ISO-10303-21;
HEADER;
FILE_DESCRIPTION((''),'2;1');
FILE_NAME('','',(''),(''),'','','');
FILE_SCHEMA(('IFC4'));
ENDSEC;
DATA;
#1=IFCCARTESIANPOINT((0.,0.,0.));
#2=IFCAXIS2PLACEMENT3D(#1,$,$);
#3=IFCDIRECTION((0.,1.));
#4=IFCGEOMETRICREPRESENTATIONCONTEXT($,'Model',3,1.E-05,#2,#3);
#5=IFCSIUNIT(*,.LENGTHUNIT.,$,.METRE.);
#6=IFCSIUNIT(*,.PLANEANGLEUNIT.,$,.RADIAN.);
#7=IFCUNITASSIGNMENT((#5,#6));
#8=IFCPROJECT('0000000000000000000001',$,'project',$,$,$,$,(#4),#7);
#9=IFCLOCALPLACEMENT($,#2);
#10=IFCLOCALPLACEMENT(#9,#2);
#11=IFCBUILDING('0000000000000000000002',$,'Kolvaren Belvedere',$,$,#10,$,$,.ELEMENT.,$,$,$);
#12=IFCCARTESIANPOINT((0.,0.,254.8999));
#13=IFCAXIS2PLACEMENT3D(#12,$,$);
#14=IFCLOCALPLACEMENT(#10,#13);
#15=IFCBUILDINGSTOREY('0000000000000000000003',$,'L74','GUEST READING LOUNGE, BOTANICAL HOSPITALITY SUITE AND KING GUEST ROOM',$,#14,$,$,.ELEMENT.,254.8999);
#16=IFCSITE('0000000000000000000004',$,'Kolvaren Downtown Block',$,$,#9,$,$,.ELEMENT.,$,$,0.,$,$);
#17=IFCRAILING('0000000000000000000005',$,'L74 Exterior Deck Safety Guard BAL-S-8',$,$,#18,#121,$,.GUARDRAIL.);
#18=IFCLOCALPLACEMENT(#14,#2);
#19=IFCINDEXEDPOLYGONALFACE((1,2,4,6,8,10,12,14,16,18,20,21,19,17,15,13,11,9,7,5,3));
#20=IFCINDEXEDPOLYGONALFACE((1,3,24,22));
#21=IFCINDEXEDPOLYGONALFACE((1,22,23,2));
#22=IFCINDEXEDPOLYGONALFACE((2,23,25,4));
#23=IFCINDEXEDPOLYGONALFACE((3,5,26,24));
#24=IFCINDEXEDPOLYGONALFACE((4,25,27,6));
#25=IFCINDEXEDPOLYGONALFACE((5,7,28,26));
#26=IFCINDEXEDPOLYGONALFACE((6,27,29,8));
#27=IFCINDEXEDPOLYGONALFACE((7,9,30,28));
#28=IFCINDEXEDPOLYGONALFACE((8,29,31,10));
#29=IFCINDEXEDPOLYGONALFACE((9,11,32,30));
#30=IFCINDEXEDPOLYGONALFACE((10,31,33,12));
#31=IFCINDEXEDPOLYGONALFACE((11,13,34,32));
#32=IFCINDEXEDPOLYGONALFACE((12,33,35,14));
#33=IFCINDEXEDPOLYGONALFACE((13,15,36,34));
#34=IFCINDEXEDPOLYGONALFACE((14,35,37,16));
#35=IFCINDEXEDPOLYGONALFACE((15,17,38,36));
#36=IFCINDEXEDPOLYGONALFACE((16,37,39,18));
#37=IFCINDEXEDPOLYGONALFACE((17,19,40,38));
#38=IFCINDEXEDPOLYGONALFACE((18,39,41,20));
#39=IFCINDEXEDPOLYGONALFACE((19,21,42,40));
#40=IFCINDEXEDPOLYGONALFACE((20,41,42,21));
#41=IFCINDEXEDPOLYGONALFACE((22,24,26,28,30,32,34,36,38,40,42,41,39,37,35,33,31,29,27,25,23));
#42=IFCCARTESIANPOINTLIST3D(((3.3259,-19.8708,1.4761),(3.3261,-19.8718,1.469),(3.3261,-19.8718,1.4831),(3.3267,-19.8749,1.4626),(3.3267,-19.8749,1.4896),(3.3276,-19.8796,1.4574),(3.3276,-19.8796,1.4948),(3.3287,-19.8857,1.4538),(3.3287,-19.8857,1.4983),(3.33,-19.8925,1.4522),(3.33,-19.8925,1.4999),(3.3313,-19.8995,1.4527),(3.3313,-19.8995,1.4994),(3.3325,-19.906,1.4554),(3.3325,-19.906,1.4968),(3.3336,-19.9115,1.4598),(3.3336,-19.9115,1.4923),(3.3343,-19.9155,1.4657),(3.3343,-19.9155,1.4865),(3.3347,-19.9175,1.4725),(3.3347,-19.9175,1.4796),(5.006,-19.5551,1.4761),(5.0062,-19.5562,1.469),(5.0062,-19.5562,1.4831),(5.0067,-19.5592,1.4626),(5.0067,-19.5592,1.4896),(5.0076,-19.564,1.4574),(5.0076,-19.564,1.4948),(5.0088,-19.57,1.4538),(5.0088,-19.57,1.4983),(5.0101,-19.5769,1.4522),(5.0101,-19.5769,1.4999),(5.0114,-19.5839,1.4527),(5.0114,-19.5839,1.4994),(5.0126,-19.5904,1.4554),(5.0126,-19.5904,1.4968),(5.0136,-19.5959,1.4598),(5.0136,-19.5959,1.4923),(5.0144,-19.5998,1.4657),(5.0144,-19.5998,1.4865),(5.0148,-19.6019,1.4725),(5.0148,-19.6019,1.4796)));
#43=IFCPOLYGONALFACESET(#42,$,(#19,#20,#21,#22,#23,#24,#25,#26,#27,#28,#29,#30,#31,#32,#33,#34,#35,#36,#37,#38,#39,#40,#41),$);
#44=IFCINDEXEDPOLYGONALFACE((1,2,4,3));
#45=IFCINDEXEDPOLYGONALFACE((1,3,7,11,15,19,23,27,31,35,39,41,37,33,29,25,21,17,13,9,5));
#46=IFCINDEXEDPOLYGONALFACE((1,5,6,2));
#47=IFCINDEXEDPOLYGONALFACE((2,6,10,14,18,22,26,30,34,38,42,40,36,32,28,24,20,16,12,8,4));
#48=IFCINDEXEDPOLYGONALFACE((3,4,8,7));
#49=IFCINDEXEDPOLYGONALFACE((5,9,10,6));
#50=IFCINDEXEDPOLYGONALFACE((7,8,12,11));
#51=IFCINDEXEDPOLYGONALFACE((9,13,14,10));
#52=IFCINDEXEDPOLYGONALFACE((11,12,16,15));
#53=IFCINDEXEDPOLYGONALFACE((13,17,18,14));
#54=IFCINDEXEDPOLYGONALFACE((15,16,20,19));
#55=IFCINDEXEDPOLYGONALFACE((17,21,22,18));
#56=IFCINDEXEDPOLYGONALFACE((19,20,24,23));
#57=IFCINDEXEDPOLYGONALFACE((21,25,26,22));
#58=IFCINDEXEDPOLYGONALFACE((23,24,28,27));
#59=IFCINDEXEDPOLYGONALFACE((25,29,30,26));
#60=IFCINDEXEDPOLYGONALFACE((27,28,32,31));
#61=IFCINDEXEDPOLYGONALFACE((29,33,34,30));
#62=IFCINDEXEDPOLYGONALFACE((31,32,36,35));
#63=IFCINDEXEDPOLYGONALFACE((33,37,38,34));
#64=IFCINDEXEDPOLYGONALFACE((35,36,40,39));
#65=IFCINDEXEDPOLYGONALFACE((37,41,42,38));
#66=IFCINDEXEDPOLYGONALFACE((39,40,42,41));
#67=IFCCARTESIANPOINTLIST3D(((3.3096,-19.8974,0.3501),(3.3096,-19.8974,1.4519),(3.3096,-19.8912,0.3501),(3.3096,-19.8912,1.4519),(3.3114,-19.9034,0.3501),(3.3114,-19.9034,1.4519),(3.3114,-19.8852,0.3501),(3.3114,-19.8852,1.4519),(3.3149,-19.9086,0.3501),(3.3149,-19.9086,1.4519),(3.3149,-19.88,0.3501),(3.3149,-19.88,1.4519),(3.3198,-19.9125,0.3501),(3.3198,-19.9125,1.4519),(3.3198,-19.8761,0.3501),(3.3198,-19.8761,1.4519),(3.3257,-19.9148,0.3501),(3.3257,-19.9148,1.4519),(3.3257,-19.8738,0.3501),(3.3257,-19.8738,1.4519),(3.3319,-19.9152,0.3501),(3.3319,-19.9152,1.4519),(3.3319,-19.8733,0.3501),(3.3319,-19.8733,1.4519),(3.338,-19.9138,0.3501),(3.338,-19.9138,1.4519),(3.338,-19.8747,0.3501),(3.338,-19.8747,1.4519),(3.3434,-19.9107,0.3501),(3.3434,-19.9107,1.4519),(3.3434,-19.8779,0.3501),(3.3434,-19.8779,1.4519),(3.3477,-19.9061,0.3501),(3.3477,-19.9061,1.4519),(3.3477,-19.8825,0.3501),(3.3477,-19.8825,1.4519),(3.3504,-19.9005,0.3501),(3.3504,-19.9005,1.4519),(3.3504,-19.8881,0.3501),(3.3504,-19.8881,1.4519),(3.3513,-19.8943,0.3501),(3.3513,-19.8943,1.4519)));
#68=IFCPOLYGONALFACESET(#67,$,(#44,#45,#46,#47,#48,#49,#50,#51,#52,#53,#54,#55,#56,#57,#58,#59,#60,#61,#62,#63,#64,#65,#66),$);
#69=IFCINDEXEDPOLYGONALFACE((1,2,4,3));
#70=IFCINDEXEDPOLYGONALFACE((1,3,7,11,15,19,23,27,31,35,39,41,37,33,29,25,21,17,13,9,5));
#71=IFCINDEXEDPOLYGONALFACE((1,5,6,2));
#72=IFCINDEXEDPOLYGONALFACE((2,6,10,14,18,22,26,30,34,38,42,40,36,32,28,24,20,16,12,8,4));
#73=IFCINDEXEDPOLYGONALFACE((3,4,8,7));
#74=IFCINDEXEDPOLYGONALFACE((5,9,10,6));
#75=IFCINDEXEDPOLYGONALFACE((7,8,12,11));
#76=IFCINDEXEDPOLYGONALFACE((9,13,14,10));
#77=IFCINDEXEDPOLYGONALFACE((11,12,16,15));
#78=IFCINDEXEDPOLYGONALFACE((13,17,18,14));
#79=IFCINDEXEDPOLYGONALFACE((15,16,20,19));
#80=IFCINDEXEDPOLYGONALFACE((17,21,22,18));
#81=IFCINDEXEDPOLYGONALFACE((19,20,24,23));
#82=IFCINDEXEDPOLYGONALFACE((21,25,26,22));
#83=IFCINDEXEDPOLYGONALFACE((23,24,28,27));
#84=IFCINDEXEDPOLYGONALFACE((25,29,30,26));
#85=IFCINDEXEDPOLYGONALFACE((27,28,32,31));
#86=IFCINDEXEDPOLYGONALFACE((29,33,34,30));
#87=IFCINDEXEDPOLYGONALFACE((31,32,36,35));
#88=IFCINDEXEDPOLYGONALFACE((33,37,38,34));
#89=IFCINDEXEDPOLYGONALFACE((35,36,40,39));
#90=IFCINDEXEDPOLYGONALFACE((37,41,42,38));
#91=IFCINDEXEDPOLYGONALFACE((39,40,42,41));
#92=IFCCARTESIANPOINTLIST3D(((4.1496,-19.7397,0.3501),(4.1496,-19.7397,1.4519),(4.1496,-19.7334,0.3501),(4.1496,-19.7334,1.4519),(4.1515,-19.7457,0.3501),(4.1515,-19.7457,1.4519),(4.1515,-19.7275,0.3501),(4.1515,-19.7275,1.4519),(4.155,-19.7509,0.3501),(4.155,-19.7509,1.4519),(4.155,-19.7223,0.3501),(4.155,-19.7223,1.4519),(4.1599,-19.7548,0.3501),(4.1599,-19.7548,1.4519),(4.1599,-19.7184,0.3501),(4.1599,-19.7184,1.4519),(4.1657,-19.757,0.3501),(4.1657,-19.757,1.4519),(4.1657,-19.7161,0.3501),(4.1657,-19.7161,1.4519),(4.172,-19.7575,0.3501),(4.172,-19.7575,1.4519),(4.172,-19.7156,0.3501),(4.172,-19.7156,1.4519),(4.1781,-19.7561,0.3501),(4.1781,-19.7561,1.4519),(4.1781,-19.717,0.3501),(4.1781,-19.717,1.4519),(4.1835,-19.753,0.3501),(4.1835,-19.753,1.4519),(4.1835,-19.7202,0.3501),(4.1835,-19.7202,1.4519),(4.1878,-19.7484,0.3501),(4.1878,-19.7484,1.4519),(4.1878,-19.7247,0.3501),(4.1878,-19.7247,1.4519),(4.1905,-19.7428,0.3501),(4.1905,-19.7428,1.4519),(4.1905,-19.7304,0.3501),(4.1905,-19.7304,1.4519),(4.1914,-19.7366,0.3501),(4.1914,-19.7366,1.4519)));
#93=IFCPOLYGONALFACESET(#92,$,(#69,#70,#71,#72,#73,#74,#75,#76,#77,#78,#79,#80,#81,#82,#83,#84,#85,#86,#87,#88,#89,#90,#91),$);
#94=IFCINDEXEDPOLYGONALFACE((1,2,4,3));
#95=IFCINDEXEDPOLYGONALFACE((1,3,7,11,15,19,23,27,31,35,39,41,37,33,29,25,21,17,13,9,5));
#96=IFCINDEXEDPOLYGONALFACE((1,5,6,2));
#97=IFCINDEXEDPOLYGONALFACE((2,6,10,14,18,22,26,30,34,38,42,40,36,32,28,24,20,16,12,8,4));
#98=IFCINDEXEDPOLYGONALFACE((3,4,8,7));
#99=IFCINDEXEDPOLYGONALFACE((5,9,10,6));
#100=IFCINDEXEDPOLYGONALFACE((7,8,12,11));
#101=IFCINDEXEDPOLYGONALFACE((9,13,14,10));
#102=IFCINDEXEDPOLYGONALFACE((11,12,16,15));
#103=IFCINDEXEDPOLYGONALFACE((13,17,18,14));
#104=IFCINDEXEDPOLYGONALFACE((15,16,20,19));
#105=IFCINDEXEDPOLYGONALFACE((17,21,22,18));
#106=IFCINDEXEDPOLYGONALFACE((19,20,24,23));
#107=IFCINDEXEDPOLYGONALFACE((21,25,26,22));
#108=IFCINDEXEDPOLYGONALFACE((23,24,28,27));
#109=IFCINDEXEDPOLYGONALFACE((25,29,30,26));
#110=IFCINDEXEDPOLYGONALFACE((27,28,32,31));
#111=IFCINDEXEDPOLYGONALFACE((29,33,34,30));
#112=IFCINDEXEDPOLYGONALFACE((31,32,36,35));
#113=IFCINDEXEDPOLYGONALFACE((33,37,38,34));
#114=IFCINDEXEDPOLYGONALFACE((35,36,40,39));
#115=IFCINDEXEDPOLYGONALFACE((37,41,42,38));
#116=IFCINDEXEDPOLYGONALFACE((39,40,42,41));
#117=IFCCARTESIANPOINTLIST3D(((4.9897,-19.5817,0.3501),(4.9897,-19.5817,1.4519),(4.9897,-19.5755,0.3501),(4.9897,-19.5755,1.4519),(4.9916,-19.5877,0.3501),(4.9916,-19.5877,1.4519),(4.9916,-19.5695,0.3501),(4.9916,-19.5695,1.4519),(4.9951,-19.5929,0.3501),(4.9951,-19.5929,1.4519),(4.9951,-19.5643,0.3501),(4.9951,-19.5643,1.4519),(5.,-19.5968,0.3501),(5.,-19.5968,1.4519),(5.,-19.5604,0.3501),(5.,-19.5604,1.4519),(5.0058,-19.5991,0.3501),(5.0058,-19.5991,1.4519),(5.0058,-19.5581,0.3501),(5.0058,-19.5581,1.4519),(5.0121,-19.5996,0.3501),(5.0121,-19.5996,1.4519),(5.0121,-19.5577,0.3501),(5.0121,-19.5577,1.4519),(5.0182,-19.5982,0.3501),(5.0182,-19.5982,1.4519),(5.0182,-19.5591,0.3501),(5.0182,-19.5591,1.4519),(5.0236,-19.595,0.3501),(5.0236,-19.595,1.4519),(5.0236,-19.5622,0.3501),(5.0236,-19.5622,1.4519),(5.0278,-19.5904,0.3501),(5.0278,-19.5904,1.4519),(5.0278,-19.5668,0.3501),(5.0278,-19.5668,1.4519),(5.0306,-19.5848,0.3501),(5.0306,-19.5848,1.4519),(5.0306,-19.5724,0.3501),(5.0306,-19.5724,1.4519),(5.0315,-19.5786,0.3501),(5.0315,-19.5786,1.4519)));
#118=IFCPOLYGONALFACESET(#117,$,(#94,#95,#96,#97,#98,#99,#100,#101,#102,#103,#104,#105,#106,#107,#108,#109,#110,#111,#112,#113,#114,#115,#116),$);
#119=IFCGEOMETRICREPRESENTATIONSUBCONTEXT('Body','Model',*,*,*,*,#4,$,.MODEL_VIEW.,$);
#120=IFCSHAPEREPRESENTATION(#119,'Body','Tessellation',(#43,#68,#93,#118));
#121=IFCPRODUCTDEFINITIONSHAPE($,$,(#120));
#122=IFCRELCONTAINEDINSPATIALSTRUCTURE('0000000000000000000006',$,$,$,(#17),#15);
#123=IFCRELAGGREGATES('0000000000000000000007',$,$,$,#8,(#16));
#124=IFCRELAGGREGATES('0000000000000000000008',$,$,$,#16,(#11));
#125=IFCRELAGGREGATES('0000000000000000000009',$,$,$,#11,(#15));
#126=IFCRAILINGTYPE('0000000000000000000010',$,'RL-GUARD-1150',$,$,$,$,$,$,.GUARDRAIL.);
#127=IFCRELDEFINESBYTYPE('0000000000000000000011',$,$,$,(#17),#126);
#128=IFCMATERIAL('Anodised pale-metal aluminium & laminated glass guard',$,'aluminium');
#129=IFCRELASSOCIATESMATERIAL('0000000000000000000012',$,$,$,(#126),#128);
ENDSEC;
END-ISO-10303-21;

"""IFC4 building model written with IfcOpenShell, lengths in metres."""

from ifc_helpers import new_model, si_unit, direction, frame, origin, origin_2d, place, context, subcontext, project, spatial, circle, extrude, material, type_object, element, save


model = new_model("IFC4")

# Units and contexts
model_context = context("Model", 3, precision=1e-05, world=origin(), true_north=direction((0.0, 1.0)))
body_context = subcontext(model_context, "Body", "Model", "MODEL_VIEW")
ifc_project = project(units=[si_unit("LENGTHUNIT", "METRE"), si_unit("PLANEANGLEUNIT", "RADIAN")], contexts=[model_context])

# Site, building, storey
site_placement = place(None, origin())
site = spatial("IfcSite", under=ifc_project, at=site_placement, Name="Kolvaren Downtown Block", CompositionType="ELEMENT", RefElevation=0.0)
building_placement = place(site_placement, origin())
building = spatial("IfcBuilding", under=site, at=building_placement, Name="Kolvaren Belvedere", CompositionType="ELEMENT")
storey_placement = place(building_placement, frame((0.0, 0.0, 254.8999)))
storey = spatial("IfcBuildingStorey", under=building, at=storey_placement, Name="L74", Description="GUEST READING LOUNGE, BOTANICAL HOSPITALITY SUITE AND KING GUEST ROOM", CompositionType="ELEMENT", Elevation=254.8999)

# Railing
ifc_material_1 = material(Name="Anodised pale-metal aluminium & laminated glass guard", Category="aluminium")
railing_type = type_object("IfcRailingType", Name="RL-GUARD-1150", PredefinedType="GUARDRAIL", material=ifc_material_1)
railing_1_placement = place(storey_placement, frame((3.3303, -19.8943, 0.3501)))
element("IfcRailing", 1, at=railing_1_placement, inside=storey, type_object=railing_type, Name="L74 Exterior Deck Safety Guard BAL-S-8", PredefinedType="GUARDRAIL", context=body_context, shape_type="SweptSolid", body=[
    extrude(circle(Radius=0.0239, at=origin_2d()), frame((0.0, 0.0, 1.126), z_axis=(0.982804, 0.184651, 0.0), x_axis=(-0.184651, 0.982804, 0.0)), (0.0, 0.0, 1.0), 1.7095),
    extrude(circle(Radius=0.021, at=origin_2d()), origin(), (0.0, 0.0, 1.0), 1.1018),
    extrude(circle(Radius=0.021, at=origin_2d()), frame((0.8401, 0.1577, 0.0)), (0.0, 0.0, 1.0), 1.1018),
    extrude(circle(Radius=0.021, at=origin_2d()), frame((1.6802, 0.3157, 0.0)), (0.0, 0.0, 1.0), 1.1018),
])

save(model, "model.ifc")
